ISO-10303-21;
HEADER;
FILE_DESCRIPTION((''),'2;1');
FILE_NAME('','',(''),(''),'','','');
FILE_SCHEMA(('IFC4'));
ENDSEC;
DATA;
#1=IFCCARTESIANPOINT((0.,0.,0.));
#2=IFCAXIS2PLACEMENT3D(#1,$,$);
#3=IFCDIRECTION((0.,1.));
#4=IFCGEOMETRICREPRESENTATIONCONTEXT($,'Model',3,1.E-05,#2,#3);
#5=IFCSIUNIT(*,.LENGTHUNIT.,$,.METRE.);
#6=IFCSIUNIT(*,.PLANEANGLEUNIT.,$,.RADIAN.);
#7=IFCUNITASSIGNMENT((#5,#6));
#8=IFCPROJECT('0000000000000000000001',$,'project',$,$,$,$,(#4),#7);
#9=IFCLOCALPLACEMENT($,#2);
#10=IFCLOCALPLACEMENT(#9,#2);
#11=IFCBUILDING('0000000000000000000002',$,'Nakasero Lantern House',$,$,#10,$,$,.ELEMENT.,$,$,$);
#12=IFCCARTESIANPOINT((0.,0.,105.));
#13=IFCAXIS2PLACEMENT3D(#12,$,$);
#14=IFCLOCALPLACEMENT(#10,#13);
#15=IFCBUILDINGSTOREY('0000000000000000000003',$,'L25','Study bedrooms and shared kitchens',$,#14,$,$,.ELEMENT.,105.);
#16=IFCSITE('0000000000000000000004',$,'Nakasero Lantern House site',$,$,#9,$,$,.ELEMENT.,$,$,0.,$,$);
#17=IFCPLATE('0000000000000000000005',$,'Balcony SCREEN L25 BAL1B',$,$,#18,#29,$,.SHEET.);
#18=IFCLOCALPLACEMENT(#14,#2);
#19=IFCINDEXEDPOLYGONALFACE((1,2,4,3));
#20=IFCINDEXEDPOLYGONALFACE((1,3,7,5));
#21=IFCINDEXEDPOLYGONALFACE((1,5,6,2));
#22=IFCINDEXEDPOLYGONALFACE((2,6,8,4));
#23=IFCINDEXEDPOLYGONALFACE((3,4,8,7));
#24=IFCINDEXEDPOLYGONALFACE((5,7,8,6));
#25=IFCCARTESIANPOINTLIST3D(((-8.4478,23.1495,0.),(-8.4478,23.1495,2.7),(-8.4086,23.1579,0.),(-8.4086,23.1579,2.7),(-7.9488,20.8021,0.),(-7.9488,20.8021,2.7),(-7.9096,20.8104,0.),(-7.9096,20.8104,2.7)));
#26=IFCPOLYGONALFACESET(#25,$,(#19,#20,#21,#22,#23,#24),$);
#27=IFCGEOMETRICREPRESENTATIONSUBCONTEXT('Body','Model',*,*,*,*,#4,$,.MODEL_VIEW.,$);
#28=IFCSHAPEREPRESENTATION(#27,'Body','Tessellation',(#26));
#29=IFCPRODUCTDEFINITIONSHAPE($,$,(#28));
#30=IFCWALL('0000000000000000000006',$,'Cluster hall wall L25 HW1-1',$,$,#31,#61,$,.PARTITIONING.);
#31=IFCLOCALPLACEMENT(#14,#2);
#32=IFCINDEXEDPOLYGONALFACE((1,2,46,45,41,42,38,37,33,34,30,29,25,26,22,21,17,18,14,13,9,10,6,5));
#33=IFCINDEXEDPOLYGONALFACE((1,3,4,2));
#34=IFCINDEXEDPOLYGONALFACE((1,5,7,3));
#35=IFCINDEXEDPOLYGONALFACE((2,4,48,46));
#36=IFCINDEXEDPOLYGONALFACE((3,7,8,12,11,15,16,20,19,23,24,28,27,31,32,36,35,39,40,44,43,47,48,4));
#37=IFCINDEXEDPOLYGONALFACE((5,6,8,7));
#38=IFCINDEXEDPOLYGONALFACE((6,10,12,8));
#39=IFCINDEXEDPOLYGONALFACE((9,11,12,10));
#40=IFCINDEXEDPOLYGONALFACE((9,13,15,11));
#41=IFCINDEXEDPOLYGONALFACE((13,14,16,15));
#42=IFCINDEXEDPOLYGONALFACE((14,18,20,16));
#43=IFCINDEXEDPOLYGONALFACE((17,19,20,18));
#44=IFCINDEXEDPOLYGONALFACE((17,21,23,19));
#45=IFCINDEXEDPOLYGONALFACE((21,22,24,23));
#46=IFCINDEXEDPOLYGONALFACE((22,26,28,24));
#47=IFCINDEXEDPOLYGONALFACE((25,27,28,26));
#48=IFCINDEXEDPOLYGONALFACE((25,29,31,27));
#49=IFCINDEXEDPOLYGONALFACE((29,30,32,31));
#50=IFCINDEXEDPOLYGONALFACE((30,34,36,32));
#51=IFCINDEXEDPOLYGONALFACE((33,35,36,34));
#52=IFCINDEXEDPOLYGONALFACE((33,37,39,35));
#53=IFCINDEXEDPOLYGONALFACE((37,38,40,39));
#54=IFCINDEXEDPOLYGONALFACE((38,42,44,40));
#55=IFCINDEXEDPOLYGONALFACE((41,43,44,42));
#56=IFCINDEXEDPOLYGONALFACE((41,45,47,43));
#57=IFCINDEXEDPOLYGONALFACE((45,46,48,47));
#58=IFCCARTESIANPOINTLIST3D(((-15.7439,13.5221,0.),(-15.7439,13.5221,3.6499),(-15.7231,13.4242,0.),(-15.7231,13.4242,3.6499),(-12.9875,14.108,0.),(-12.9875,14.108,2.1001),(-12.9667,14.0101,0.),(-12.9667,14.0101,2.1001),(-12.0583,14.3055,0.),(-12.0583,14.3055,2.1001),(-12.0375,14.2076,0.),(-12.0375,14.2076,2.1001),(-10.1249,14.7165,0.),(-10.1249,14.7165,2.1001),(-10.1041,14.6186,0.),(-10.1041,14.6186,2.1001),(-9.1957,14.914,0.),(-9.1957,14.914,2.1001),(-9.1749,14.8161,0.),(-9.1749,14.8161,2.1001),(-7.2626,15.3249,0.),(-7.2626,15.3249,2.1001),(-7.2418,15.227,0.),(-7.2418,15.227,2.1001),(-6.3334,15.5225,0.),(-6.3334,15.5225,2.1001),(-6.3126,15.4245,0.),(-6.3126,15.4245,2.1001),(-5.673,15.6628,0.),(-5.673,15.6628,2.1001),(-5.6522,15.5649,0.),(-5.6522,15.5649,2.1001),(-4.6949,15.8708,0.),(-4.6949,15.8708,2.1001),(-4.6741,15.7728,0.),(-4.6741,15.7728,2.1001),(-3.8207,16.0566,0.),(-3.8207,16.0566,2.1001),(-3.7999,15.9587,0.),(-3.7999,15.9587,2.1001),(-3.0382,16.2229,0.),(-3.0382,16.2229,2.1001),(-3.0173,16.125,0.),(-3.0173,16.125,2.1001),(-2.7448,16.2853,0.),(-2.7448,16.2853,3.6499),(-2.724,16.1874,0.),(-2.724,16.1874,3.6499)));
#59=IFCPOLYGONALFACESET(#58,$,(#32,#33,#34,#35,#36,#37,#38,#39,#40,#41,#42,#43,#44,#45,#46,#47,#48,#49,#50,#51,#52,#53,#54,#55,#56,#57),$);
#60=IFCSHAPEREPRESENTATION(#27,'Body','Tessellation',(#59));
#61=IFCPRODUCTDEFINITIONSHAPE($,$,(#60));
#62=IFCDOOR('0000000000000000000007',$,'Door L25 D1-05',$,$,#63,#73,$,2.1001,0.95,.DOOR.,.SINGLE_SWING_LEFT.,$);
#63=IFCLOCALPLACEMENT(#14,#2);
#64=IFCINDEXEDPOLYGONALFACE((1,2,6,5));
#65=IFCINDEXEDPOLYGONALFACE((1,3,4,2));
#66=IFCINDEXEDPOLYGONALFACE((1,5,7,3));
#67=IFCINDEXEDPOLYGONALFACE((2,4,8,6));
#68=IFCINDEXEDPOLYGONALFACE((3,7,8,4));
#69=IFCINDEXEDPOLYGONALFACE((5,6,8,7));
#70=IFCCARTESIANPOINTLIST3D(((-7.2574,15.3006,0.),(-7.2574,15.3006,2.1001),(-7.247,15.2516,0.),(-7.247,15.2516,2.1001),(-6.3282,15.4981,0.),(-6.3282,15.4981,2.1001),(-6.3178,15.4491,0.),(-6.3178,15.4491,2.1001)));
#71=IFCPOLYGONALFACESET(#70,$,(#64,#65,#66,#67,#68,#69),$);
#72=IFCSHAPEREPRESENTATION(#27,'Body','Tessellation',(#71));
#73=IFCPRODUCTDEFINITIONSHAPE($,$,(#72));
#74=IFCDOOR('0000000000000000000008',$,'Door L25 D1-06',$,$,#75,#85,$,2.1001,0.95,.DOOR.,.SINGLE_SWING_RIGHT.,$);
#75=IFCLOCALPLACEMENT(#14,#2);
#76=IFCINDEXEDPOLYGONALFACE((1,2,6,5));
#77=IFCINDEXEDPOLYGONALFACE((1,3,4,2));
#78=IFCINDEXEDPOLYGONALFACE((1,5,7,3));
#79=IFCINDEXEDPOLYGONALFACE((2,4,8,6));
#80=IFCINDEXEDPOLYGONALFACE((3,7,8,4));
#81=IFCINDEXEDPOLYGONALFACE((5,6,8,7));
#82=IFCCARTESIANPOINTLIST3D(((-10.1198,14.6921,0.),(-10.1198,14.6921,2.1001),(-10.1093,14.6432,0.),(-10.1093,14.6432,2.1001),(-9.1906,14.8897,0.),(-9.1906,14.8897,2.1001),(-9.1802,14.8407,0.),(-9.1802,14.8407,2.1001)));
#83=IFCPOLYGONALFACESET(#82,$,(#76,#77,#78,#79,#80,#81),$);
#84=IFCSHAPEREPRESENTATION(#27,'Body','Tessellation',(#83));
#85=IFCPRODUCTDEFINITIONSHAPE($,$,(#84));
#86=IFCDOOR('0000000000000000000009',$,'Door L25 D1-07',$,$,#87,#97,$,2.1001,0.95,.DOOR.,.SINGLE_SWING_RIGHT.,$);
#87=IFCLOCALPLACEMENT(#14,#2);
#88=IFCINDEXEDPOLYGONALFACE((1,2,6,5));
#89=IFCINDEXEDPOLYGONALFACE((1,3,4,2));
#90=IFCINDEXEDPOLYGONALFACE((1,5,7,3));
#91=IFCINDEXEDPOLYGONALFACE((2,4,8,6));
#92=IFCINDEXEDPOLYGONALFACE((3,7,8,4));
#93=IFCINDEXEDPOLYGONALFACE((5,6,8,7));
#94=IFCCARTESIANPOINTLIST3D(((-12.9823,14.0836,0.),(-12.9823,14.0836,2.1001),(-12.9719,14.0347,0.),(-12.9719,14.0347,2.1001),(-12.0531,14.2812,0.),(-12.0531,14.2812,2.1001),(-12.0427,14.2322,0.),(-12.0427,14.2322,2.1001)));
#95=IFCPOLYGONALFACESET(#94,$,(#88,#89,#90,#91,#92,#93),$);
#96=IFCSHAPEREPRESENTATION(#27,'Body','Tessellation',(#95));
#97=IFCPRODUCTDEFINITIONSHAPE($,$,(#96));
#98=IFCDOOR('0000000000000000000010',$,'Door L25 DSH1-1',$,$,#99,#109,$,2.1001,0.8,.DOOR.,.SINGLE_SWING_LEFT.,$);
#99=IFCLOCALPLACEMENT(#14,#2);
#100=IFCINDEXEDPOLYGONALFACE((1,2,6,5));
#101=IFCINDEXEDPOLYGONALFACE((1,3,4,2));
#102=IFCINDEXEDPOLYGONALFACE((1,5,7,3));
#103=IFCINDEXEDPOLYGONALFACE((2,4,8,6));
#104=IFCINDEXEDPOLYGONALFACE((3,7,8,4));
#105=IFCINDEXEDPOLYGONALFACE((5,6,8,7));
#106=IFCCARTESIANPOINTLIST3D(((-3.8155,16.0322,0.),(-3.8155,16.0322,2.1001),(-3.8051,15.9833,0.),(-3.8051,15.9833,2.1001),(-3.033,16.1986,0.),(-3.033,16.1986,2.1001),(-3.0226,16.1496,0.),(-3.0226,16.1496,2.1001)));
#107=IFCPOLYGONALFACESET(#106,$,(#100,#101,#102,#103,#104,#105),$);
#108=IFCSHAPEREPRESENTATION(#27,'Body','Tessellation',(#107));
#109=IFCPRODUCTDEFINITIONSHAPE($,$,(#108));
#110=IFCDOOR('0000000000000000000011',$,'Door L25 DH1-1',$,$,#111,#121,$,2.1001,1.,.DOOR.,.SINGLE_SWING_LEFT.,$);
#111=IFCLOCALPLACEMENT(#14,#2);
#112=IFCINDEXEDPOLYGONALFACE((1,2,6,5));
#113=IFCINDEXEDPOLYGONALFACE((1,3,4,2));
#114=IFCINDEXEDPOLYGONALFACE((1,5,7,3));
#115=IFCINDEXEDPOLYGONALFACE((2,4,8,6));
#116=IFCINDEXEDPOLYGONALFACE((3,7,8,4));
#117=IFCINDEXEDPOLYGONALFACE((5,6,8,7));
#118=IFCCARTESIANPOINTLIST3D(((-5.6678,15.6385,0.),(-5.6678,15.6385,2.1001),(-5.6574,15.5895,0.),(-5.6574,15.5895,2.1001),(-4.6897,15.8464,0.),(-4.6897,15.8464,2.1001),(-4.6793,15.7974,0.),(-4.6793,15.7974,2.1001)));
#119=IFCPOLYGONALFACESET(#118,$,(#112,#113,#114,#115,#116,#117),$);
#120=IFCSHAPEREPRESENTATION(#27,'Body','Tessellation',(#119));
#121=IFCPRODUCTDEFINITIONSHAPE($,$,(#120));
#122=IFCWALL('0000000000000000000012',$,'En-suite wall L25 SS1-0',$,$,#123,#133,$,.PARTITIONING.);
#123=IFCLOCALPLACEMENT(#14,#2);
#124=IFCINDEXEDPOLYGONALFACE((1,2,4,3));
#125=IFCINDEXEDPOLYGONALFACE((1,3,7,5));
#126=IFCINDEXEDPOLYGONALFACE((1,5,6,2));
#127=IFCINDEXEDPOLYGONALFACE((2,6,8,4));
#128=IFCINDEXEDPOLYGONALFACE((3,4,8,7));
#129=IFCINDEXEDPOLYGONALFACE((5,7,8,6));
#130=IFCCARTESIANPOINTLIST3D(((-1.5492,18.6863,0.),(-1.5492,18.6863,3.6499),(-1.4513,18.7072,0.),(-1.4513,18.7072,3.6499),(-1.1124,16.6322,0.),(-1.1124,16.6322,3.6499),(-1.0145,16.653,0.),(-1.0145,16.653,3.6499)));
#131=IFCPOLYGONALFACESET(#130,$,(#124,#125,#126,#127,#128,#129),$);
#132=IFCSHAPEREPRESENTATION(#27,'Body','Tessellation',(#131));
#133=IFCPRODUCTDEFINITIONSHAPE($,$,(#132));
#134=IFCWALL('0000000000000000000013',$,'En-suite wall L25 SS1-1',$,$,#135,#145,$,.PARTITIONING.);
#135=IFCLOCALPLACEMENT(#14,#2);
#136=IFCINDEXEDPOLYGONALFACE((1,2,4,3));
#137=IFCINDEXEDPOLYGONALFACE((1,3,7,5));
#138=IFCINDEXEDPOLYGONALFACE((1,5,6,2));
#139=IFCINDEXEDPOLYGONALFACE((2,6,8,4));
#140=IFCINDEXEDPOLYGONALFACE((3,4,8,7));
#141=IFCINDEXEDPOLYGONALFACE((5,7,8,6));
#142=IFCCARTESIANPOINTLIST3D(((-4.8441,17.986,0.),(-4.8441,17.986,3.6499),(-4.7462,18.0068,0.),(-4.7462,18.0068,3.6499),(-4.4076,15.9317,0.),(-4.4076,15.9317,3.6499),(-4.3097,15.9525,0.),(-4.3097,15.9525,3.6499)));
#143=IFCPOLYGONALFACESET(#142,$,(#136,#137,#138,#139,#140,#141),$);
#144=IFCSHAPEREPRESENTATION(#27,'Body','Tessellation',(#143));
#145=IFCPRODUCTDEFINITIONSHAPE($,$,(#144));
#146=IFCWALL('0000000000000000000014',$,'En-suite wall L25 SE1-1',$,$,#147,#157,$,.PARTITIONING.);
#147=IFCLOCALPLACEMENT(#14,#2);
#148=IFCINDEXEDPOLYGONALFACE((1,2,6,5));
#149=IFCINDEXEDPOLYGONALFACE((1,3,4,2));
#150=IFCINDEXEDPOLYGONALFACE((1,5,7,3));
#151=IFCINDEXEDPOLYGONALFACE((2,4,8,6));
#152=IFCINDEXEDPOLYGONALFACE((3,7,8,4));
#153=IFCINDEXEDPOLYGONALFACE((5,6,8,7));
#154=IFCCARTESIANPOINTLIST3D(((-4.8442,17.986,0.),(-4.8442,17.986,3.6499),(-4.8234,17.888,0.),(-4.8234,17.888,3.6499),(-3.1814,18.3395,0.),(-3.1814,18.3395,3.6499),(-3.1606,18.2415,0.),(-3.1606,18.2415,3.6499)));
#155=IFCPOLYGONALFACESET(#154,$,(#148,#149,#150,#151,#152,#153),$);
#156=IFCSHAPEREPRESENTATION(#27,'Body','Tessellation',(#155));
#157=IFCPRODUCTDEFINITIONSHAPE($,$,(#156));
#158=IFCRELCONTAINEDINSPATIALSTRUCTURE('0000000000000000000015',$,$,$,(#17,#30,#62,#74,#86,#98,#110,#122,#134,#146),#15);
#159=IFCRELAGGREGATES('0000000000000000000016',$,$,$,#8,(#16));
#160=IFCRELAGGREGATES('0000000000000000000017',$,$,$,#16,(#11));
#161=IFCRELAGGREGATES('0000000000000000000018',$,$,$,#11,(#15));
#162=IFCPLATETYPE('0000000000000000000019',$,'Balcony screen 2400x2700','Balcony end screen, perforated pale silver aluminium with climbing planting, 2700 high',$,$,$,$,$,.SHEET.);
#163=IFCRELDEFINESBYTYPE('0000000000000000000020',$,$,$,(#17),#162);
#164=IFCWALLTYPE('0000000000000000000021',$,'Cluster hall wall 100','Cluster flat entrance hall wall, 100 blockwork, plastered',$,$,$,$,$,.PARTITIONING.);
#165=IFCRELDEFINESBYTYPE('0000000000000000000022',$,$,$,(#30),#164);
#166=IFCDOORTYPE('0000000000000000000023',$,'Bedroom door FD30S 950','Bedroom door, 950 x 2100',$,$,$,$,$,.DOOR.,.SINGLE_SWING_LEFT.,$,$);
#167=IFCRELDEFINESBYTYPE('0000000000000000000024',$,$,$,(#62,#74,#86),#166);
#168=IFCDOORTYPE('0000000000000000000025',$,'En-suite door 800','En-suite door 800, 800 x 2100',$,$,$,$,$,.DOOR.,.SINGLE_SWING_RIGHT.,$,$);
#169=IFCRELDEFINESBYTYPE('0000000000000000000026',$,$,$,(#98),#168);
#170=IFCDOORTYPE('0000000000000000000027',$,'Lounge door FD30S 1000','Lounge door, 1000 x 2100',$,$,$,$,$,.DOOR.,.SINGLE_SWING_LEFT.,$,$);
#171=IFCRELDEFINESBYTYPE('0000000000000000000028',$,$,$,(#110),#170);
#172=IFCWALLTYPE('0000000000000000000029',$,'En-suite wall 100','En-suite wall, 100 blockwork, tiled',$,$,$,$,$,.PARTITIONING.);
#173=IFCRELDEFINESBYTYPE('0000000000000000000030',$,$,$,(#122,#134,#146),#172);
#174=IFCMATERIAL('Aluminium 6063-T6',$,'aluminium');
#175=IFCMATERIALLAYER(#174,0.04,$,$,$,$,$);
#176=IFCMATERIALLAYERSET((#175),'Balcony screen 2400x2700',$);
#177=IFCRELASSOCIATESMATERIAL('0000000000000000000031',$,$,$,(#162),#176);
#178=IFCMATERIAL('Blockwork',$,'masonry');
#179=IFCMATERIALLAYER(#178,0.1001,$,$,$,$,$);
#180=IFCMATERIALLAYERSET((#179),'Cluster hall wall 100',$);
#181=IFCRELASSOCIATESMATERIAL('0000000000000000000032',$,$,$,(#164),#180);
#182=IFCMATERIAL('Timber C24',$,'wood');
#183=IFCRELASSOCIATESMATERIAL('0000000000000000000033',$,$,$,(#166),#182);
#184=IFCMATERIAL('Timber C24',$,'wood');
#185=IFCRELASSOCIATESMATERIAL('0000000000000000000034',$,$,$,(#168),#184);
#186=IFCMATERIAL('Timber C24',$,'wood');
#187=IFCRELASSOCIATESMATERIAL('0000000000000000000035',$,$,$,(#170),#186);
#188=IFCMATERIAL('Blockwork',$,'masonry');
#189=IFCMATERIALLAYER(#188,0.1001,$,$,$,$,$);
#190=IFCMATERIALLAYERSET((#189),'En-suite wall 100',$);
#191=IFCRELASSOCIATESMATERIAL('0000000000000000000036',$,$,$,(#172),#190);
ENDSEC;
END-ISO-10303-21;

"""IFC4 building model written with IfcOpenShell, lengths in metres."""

from ifc_helpers import new_model, si_unit, direction, frame, frame_2d, origin, origin_2d, place, context, subcontext, project, spatial, rectangle, extrude, material, layer, layer_set, type_object, element, fill, save


model = new_model("IFC4")

# Units and contexts
model_context = context("Model", 3, precision=1e-05, world=origin(), true_north=direction((0.0, 1.0)))
body_context = subcontext(model_context, "Body", "Model", "MODEL_VIEW")
ifc_project = project(units=[si_unit("LENGTHUNIT", "METRE"), si_unit("PLANEANGLEUNIT", "RADIAN")], contexts=[model_context])

# Site, building, storey
site_placement = place(None, origin())
site = spatial("IfcSite", under=ifc_project, at=site_placement, Name="Nakasero Lantern House site", CompositionType="ELEMENT", RefElevation=0.0)
building_placement = place(site_placement, origin())
building = spatial("IfcBuilding", under=site, at=building_placement, Name="Nakasero Lantern House", CompositionType="ELEMENT")
storey_placement = place(building_placement, frame((0.0, 0.0, 105.0)))
storey = spatial("IfcBuildingStorey", under=building, at=storey_placement, Name="L25", Description="Study bedrooms and shared kitchens", CompositionType="ELEMENT", Elevation=105.0)

# Plate
ifc_material_1 = material(Name="Aluminium 6063-T6", Category="aluminium")
ifc_layer_1 = layer(ifc_material_1, 0.04)
ifc_layer_set_1 = layer_set([ifc_layer_1], Name="Balcony screen 2400x2700")
plate_type_1 = type_object("IfcPlateType", Name="Balcony screen 2400x2700", Description="Balcony end screen, perforated pale silver aluminium with climbing planting, 2700 high", PredefinedType="SHEET", material=ifc_layer_set_1)
for number, where, z_axis, x_axis, name in (
    (1, (-8.1787, 21.98, 0.0), (0.0, 0.0, 1.0), (-0.207912, 0.978148, 0.0), "Balcony SCREEN L25 BAL1B"),
):
    element("IfcPlate", number, at=place(storey_placement, frame(where, z_axis=z_axis, x_axis=x_axis)), inside=storey, type_object=plate_type_1, Name=name, PredefinedType="SHEET", context=body_context, shape_type="SweptSolid", body=[
        extrude(rectangle(XDim=2.3999, YDim=0.04, at=origin_2d()), origin(), (0.0, 0.0, 1.0), 2.7),
    ])

# Wall, openings, doors
ifc_material_2 = material(Name="Blockwork", Category="masonry")
ifc_layer_2 = layer(ifc_material_2, 0.1001)
ifc_layer_set_2 = layer_set([ifc_layer_2], Name="Cluster hall wall 100")
wall_type_1 = type_object("IfcWallType", Name="Cluster hall wall 100", Description="Cluster flat entrance hall wall, 100 blockwork, plastered", PredefinedType="PARTITIONING", material=ifc_layer_set_2)
wall_1_placement = place(storey_placement, frame((-2.7344, 16.2363, 0.0), z_axis=(0.0, 0.0, 1.0), x_axis=(-0.978145, -0.207923, 0.0)))
wall_1 = element("IfcWall", 2, at=wall_1_placement, inside=storey, type_object=wall_type_1, Name="Cluster hall wall L25 HW1-1", PredefinedType="PARTITIONING", context=body_context, shape_type="SweptSolid", body=[
    extrude(rectangle(XDim=13.2896, YDim=0.1001, at=frame_2d((6.6448, 0.0))), origin(), (0.0, 0.0, 1.0), 3.6499),
])
opening_1_placement = place(wall_1_placement, frame((1.9937, 0.0, 0.0)))
opening_1 = element("IfcOpeningElement", 3, at=opening_1_placement, cuts=wall_1, PredefinedType="OPENING", context=body_context, shape_type="SweptSolid", body=[
    extrude(rectangle(XDim=1.0, YDim=2.1001, at=frame_2d((0.5, 1.05))), frame((0.0, 0.0701, 0.0), z_axis=(0.0, -1.0, 0.0), x_axis=(1.0, 0.0, 0.0)), (0.0, 0.0, 1.0), 0.1401),
])
opening_2_placement = place(wall_1_placement, frame((0.3, 0.0, 0.0)))
opening_2 = element("IfcOpeningElement", 4, at=opening_2_placement, cuts=wall_1, PredefinedType="OPENING", context=body_context, shape_type="SweptSolid", body=[
    extrude(rectangle(XDim=0.8, YDim=2.1001, at=frame_2d((0.3999, 1.05))), frame((0.0, 0.0701, 0.0), z_axis=(0.0, -1.0, 0.0), x_axis=(1.0, 0.0, 0.0)), (0.0, 0.0, 1.0), 0.1401),
])
opening_3_placement = place(wall_1_placement, frame((3.6687, 0.0, 0.0)))
opening_3 = element("IfcOpeningElement", 5, at=opening_3_placement, cuts=wall_1, PredefinedType="OPENING", context=body_context, shape_type="SweptSolid", body=[
    extrude(rectangle(XDim=0.95, YDim=2.1001, at=frame_2d((0.4751, 1.05))), frame((0.0, 0.0701, 0.0), z_axis=(0.0, -1.0, 0.0), x_axis=(1.0, 0.0, 0.0)), (0.0, 0.0, 1.0), 0.1401),
])
opening_4_placement = place(wall_1_placement, frame((6.595, 0.0, 0.0)))
opening_4 = element("IfcOpeningElement", 6, at=opening_4_placement, cuts=wall_1, PredefinedType="OPENING", context=body_context, shape_type="SweptSolid", body=[
    extrude(rectangle(XDim=0.95, YDim=2.1001, at=frame_2d((0.4751, 1.05))), frame((0.0, 0.0701, 0.0), z_axis=(0.0, -1.0, 0.0), x_axis=(1.0, 0.0, 0.0)), (0.0, 0.0, 1.0), 0.1401),
])
opening_5_placement = place(wall_1_placement, frame((9.5215, 0.0, 0.0)))
opening_5 = element("IfcOpeningElement", 7, at=opening_5_placement, cuts=wall_1, PredefinedType="OPENING", context=body_context, shape_type="SweptSolid", body=[
    extrude(rectangle(XDim=0.95, YDim=2.1001, at=frame_2d((0.4751, 1.05))), frame((0.0, 0.0701, 0.0), z_axis=(0.0, -1.0, 0.0), x_axis=(1.0, 0.0, 0.0)), (0.0, 0.0, 1.0), 0.1401),
])
ifc_material_3 = material(Name="Timber C24", Category="wood")
door_type_1 = type_object("IfcDoorType", Name="Bedroom door FD30S 950", Description="Bedroom door, 950 x 2100", OperationType="SINGLE_SWING_LEFT", PredefinedType="DOOR", material=ifc_material_3)
door_1_placement = place(opening_3_placement, origin())
door_1 = element("IfcDoor", 8, at=door_1_placement, inside=storey, type_object=door_type_1, Name="Door L25 D1-05", OperationType="SINGLE_SWING_LEFT", OverallHeight=2.1001, OverallWidth=0.95, PredefinedType="DOOR", context=body_context, shape_type="SweptSolid", body=[
    extrude(rectangle(XDim=0.95, YDim=2.1001, at=frame_2d((0.4751, 1.05))), frame((0.0, 0.0249, 0.0), z_axis=(0.0, -1.0, 0.0), x_axis=(1.0, 0.0, 0.0)), (0.0, 0.0, 1.0), 0.05),
])
fill(opening_3, door_1)
door_2_placement = place(opening_4_placement, origin())
door_2 = element("IfcDoor", 9, at=door_2_placement, inside=storey, type_object=door_type_1, Name="Door L25 D1-06", OperationType="SINGLE_SWING_RIGHT", OverallHeight=2.1001, OverallWidth=0.95, PredefinedType="DOOR", context=body_context, shape_type="SweptSolid", body=[
    extrude(rectangle(XDim=0.95, YDim=2.1001, at=frame_2d((0.4751, 1.05))), frame((0.0, 0.0249, 0.0), z_axis=(0.0, -1.0, 0.0), x_axis=(1.0, 0.0, 0.0)), (0.0, 0.0, 1.0), 0.05),
])
fill(opening_4, door_2)
door_3_placement = place(opening_5_placement, origin())
door_3 = element("IfcDoor", 10, at=door_3_placement, inside=storey, type_object=door_type_1, Name="Door L25 D1-07", OperationType="SINGLE_SWING_RIGHT", OverallHeight=2.1001, OverallWidth=0.95, PredefinedType="DOOR", context=body_context, shape_type="SweptSolid", body=[
    extrude(rectangle(XDim=0.95, YDim=2.1001, at=frame_2d((0.4751, 1.05))), frame((0.0, 0.0249, 0.0), z_axis=(0.0, -1.0, 0.0), x_axis=(1.0, 0.0, 0.0)), (0.0, 0.0, 1.0), 0.05),
])
fill(opening_5, door_3)
ifc_material_4 = material(Name="Timber C24", Category="wood")
door_type_2 = type_object("IfcDoorType", Name="En-suite door 800", Description="En-suite door 800, 800 x 2100", OperationType="SINGLE_SWING_RIGHT", PredefinedType="DOOR", material=ifc_material_4)
door_4_placement = place(opening_2_placement, origin())
door_4 = element("IfcDoor", 11, at=door_4_placement, inside=storey, type_object=door_type_2, Name="Door L25 DSH1-1", OperationType="SINGLE_SWING_LEFT", OverallHeight=2.1001, OverallWidth=0.8, PredefinedType="DOOR", context=body_context, shape_type="SweptSolid", body=[
    extrude(rectangle(XDim=0.8, YDim=2.1001, at=frame_2d((0.3999, 1.05))), frame((0.0, 0.0249, 0.0), z_axis=(0.0, -1.0, 0.0), x_axis=(1.0, 0.0, 0.0)), (0.0, 0.0, 1.0), 0.05),
])
fill(opening_2, door_4)
ifc_material_5 = material(Name="Timber C24", Category="wood")
door_type_3 = type_object("IfcDoorType", Name="Lounge door FD30S 1000", Description="Lounge door, 1000 x 2100", OperationType="SINGLE_SWING_LEFT", PredefinedType="DOOR", material=ifc_material_5)
door_5_placement = place(opening_1_placement, origin())
door_5 = element("IfcDoor", 12, at=door_5_placement, inside=storey, type_object=door_type_3, Name="Door L25 DH1-1", OperationType="SINGLE_SWING_LEFT", OverallHeight=2.1001, OverallWidth=1.0, PredefinedType="DOOR", context=body_context, shape_type="SweptSolid", body=[
    extrude(rectangle(XDim=1.0, YDim=2.1001, at=frame_2d((0.5, 1.05))), frame((0.0, 0.0249, 0.0), z_axis=(0.0, -1.0, 0.0), x_axis=(1.0, 0.0, 0.0)), (0.0, 0.0, 1.0), 0.05),
])
fill(opening_1, door_5)

# Walls
ifc_material_6 = material(Name="Blockwork", Category="masonry")
ifc_layer_3 = layer(ifc_material_6, 0.1001)
ifc_layer_set_3 = layer_set([ifc_layer_3], Name="En-suite wall 100")
wall_type_2 = type_object("IfcWallType", Name="En-suite wall 100", Description="En-suite wall, 100 blockwork, tiled", PredefinedType="PARTITIONING", material=ifc_layer_set_3)
for number, where, z_axis, x_axis, name in (
    (13, (-1.0635, 16.6426, 0.0), (0.0, 0.0, 1.0), (-0.207973, 0.978135, 0.0), "En-suite wall L25 SS1-0"),
    (14, (-4.3586, 15.9421, 0.0), (0.0, 0.0, 1.0), (-0.207862, 0.978158, 0.0), "En-suite wall L25 SS1-1"),
):
    element("IfcWall", number, at=place(storey_placement, frame(where, z_axis=z_axis, x_axis=x_axis)), inside=storey, type_object=wall_type_2, Name=name, PredefinedType="PARTITIONING", context=body_context, shape_type="SweptSolid", body=[
        extrude(rectangle(XDim=2.1001, YDim=0.1001, at=frame_2d((1.05, 0.0))), origin(), (0.0, 0.0, 1.0), 3.6499),
    ])
wall_2_placement = place(storey_placement, frame((-3.1709, 18.2905, 0.0), z_axis=(0.0, 0.0, 1.0), x_axis=(-0.97814, -0.20795, 0.0)))
element("IfcWall", 15, at=wall_2_placement, inside=storey, type_object=wall_type_2, Name="En-suite wall L25 SE1-1", PredefinedType="PARTITIONING", context=body_context, shape_type="SweptSolid", body=[
    extrude(rectangle(XDim=1.7, YDim=0.1001, at=frame_2d((0.8501, 0.0))), origin(), (0.0, 0.0, 1.0), 3.6499),
])

save(model, "model.ifc")
